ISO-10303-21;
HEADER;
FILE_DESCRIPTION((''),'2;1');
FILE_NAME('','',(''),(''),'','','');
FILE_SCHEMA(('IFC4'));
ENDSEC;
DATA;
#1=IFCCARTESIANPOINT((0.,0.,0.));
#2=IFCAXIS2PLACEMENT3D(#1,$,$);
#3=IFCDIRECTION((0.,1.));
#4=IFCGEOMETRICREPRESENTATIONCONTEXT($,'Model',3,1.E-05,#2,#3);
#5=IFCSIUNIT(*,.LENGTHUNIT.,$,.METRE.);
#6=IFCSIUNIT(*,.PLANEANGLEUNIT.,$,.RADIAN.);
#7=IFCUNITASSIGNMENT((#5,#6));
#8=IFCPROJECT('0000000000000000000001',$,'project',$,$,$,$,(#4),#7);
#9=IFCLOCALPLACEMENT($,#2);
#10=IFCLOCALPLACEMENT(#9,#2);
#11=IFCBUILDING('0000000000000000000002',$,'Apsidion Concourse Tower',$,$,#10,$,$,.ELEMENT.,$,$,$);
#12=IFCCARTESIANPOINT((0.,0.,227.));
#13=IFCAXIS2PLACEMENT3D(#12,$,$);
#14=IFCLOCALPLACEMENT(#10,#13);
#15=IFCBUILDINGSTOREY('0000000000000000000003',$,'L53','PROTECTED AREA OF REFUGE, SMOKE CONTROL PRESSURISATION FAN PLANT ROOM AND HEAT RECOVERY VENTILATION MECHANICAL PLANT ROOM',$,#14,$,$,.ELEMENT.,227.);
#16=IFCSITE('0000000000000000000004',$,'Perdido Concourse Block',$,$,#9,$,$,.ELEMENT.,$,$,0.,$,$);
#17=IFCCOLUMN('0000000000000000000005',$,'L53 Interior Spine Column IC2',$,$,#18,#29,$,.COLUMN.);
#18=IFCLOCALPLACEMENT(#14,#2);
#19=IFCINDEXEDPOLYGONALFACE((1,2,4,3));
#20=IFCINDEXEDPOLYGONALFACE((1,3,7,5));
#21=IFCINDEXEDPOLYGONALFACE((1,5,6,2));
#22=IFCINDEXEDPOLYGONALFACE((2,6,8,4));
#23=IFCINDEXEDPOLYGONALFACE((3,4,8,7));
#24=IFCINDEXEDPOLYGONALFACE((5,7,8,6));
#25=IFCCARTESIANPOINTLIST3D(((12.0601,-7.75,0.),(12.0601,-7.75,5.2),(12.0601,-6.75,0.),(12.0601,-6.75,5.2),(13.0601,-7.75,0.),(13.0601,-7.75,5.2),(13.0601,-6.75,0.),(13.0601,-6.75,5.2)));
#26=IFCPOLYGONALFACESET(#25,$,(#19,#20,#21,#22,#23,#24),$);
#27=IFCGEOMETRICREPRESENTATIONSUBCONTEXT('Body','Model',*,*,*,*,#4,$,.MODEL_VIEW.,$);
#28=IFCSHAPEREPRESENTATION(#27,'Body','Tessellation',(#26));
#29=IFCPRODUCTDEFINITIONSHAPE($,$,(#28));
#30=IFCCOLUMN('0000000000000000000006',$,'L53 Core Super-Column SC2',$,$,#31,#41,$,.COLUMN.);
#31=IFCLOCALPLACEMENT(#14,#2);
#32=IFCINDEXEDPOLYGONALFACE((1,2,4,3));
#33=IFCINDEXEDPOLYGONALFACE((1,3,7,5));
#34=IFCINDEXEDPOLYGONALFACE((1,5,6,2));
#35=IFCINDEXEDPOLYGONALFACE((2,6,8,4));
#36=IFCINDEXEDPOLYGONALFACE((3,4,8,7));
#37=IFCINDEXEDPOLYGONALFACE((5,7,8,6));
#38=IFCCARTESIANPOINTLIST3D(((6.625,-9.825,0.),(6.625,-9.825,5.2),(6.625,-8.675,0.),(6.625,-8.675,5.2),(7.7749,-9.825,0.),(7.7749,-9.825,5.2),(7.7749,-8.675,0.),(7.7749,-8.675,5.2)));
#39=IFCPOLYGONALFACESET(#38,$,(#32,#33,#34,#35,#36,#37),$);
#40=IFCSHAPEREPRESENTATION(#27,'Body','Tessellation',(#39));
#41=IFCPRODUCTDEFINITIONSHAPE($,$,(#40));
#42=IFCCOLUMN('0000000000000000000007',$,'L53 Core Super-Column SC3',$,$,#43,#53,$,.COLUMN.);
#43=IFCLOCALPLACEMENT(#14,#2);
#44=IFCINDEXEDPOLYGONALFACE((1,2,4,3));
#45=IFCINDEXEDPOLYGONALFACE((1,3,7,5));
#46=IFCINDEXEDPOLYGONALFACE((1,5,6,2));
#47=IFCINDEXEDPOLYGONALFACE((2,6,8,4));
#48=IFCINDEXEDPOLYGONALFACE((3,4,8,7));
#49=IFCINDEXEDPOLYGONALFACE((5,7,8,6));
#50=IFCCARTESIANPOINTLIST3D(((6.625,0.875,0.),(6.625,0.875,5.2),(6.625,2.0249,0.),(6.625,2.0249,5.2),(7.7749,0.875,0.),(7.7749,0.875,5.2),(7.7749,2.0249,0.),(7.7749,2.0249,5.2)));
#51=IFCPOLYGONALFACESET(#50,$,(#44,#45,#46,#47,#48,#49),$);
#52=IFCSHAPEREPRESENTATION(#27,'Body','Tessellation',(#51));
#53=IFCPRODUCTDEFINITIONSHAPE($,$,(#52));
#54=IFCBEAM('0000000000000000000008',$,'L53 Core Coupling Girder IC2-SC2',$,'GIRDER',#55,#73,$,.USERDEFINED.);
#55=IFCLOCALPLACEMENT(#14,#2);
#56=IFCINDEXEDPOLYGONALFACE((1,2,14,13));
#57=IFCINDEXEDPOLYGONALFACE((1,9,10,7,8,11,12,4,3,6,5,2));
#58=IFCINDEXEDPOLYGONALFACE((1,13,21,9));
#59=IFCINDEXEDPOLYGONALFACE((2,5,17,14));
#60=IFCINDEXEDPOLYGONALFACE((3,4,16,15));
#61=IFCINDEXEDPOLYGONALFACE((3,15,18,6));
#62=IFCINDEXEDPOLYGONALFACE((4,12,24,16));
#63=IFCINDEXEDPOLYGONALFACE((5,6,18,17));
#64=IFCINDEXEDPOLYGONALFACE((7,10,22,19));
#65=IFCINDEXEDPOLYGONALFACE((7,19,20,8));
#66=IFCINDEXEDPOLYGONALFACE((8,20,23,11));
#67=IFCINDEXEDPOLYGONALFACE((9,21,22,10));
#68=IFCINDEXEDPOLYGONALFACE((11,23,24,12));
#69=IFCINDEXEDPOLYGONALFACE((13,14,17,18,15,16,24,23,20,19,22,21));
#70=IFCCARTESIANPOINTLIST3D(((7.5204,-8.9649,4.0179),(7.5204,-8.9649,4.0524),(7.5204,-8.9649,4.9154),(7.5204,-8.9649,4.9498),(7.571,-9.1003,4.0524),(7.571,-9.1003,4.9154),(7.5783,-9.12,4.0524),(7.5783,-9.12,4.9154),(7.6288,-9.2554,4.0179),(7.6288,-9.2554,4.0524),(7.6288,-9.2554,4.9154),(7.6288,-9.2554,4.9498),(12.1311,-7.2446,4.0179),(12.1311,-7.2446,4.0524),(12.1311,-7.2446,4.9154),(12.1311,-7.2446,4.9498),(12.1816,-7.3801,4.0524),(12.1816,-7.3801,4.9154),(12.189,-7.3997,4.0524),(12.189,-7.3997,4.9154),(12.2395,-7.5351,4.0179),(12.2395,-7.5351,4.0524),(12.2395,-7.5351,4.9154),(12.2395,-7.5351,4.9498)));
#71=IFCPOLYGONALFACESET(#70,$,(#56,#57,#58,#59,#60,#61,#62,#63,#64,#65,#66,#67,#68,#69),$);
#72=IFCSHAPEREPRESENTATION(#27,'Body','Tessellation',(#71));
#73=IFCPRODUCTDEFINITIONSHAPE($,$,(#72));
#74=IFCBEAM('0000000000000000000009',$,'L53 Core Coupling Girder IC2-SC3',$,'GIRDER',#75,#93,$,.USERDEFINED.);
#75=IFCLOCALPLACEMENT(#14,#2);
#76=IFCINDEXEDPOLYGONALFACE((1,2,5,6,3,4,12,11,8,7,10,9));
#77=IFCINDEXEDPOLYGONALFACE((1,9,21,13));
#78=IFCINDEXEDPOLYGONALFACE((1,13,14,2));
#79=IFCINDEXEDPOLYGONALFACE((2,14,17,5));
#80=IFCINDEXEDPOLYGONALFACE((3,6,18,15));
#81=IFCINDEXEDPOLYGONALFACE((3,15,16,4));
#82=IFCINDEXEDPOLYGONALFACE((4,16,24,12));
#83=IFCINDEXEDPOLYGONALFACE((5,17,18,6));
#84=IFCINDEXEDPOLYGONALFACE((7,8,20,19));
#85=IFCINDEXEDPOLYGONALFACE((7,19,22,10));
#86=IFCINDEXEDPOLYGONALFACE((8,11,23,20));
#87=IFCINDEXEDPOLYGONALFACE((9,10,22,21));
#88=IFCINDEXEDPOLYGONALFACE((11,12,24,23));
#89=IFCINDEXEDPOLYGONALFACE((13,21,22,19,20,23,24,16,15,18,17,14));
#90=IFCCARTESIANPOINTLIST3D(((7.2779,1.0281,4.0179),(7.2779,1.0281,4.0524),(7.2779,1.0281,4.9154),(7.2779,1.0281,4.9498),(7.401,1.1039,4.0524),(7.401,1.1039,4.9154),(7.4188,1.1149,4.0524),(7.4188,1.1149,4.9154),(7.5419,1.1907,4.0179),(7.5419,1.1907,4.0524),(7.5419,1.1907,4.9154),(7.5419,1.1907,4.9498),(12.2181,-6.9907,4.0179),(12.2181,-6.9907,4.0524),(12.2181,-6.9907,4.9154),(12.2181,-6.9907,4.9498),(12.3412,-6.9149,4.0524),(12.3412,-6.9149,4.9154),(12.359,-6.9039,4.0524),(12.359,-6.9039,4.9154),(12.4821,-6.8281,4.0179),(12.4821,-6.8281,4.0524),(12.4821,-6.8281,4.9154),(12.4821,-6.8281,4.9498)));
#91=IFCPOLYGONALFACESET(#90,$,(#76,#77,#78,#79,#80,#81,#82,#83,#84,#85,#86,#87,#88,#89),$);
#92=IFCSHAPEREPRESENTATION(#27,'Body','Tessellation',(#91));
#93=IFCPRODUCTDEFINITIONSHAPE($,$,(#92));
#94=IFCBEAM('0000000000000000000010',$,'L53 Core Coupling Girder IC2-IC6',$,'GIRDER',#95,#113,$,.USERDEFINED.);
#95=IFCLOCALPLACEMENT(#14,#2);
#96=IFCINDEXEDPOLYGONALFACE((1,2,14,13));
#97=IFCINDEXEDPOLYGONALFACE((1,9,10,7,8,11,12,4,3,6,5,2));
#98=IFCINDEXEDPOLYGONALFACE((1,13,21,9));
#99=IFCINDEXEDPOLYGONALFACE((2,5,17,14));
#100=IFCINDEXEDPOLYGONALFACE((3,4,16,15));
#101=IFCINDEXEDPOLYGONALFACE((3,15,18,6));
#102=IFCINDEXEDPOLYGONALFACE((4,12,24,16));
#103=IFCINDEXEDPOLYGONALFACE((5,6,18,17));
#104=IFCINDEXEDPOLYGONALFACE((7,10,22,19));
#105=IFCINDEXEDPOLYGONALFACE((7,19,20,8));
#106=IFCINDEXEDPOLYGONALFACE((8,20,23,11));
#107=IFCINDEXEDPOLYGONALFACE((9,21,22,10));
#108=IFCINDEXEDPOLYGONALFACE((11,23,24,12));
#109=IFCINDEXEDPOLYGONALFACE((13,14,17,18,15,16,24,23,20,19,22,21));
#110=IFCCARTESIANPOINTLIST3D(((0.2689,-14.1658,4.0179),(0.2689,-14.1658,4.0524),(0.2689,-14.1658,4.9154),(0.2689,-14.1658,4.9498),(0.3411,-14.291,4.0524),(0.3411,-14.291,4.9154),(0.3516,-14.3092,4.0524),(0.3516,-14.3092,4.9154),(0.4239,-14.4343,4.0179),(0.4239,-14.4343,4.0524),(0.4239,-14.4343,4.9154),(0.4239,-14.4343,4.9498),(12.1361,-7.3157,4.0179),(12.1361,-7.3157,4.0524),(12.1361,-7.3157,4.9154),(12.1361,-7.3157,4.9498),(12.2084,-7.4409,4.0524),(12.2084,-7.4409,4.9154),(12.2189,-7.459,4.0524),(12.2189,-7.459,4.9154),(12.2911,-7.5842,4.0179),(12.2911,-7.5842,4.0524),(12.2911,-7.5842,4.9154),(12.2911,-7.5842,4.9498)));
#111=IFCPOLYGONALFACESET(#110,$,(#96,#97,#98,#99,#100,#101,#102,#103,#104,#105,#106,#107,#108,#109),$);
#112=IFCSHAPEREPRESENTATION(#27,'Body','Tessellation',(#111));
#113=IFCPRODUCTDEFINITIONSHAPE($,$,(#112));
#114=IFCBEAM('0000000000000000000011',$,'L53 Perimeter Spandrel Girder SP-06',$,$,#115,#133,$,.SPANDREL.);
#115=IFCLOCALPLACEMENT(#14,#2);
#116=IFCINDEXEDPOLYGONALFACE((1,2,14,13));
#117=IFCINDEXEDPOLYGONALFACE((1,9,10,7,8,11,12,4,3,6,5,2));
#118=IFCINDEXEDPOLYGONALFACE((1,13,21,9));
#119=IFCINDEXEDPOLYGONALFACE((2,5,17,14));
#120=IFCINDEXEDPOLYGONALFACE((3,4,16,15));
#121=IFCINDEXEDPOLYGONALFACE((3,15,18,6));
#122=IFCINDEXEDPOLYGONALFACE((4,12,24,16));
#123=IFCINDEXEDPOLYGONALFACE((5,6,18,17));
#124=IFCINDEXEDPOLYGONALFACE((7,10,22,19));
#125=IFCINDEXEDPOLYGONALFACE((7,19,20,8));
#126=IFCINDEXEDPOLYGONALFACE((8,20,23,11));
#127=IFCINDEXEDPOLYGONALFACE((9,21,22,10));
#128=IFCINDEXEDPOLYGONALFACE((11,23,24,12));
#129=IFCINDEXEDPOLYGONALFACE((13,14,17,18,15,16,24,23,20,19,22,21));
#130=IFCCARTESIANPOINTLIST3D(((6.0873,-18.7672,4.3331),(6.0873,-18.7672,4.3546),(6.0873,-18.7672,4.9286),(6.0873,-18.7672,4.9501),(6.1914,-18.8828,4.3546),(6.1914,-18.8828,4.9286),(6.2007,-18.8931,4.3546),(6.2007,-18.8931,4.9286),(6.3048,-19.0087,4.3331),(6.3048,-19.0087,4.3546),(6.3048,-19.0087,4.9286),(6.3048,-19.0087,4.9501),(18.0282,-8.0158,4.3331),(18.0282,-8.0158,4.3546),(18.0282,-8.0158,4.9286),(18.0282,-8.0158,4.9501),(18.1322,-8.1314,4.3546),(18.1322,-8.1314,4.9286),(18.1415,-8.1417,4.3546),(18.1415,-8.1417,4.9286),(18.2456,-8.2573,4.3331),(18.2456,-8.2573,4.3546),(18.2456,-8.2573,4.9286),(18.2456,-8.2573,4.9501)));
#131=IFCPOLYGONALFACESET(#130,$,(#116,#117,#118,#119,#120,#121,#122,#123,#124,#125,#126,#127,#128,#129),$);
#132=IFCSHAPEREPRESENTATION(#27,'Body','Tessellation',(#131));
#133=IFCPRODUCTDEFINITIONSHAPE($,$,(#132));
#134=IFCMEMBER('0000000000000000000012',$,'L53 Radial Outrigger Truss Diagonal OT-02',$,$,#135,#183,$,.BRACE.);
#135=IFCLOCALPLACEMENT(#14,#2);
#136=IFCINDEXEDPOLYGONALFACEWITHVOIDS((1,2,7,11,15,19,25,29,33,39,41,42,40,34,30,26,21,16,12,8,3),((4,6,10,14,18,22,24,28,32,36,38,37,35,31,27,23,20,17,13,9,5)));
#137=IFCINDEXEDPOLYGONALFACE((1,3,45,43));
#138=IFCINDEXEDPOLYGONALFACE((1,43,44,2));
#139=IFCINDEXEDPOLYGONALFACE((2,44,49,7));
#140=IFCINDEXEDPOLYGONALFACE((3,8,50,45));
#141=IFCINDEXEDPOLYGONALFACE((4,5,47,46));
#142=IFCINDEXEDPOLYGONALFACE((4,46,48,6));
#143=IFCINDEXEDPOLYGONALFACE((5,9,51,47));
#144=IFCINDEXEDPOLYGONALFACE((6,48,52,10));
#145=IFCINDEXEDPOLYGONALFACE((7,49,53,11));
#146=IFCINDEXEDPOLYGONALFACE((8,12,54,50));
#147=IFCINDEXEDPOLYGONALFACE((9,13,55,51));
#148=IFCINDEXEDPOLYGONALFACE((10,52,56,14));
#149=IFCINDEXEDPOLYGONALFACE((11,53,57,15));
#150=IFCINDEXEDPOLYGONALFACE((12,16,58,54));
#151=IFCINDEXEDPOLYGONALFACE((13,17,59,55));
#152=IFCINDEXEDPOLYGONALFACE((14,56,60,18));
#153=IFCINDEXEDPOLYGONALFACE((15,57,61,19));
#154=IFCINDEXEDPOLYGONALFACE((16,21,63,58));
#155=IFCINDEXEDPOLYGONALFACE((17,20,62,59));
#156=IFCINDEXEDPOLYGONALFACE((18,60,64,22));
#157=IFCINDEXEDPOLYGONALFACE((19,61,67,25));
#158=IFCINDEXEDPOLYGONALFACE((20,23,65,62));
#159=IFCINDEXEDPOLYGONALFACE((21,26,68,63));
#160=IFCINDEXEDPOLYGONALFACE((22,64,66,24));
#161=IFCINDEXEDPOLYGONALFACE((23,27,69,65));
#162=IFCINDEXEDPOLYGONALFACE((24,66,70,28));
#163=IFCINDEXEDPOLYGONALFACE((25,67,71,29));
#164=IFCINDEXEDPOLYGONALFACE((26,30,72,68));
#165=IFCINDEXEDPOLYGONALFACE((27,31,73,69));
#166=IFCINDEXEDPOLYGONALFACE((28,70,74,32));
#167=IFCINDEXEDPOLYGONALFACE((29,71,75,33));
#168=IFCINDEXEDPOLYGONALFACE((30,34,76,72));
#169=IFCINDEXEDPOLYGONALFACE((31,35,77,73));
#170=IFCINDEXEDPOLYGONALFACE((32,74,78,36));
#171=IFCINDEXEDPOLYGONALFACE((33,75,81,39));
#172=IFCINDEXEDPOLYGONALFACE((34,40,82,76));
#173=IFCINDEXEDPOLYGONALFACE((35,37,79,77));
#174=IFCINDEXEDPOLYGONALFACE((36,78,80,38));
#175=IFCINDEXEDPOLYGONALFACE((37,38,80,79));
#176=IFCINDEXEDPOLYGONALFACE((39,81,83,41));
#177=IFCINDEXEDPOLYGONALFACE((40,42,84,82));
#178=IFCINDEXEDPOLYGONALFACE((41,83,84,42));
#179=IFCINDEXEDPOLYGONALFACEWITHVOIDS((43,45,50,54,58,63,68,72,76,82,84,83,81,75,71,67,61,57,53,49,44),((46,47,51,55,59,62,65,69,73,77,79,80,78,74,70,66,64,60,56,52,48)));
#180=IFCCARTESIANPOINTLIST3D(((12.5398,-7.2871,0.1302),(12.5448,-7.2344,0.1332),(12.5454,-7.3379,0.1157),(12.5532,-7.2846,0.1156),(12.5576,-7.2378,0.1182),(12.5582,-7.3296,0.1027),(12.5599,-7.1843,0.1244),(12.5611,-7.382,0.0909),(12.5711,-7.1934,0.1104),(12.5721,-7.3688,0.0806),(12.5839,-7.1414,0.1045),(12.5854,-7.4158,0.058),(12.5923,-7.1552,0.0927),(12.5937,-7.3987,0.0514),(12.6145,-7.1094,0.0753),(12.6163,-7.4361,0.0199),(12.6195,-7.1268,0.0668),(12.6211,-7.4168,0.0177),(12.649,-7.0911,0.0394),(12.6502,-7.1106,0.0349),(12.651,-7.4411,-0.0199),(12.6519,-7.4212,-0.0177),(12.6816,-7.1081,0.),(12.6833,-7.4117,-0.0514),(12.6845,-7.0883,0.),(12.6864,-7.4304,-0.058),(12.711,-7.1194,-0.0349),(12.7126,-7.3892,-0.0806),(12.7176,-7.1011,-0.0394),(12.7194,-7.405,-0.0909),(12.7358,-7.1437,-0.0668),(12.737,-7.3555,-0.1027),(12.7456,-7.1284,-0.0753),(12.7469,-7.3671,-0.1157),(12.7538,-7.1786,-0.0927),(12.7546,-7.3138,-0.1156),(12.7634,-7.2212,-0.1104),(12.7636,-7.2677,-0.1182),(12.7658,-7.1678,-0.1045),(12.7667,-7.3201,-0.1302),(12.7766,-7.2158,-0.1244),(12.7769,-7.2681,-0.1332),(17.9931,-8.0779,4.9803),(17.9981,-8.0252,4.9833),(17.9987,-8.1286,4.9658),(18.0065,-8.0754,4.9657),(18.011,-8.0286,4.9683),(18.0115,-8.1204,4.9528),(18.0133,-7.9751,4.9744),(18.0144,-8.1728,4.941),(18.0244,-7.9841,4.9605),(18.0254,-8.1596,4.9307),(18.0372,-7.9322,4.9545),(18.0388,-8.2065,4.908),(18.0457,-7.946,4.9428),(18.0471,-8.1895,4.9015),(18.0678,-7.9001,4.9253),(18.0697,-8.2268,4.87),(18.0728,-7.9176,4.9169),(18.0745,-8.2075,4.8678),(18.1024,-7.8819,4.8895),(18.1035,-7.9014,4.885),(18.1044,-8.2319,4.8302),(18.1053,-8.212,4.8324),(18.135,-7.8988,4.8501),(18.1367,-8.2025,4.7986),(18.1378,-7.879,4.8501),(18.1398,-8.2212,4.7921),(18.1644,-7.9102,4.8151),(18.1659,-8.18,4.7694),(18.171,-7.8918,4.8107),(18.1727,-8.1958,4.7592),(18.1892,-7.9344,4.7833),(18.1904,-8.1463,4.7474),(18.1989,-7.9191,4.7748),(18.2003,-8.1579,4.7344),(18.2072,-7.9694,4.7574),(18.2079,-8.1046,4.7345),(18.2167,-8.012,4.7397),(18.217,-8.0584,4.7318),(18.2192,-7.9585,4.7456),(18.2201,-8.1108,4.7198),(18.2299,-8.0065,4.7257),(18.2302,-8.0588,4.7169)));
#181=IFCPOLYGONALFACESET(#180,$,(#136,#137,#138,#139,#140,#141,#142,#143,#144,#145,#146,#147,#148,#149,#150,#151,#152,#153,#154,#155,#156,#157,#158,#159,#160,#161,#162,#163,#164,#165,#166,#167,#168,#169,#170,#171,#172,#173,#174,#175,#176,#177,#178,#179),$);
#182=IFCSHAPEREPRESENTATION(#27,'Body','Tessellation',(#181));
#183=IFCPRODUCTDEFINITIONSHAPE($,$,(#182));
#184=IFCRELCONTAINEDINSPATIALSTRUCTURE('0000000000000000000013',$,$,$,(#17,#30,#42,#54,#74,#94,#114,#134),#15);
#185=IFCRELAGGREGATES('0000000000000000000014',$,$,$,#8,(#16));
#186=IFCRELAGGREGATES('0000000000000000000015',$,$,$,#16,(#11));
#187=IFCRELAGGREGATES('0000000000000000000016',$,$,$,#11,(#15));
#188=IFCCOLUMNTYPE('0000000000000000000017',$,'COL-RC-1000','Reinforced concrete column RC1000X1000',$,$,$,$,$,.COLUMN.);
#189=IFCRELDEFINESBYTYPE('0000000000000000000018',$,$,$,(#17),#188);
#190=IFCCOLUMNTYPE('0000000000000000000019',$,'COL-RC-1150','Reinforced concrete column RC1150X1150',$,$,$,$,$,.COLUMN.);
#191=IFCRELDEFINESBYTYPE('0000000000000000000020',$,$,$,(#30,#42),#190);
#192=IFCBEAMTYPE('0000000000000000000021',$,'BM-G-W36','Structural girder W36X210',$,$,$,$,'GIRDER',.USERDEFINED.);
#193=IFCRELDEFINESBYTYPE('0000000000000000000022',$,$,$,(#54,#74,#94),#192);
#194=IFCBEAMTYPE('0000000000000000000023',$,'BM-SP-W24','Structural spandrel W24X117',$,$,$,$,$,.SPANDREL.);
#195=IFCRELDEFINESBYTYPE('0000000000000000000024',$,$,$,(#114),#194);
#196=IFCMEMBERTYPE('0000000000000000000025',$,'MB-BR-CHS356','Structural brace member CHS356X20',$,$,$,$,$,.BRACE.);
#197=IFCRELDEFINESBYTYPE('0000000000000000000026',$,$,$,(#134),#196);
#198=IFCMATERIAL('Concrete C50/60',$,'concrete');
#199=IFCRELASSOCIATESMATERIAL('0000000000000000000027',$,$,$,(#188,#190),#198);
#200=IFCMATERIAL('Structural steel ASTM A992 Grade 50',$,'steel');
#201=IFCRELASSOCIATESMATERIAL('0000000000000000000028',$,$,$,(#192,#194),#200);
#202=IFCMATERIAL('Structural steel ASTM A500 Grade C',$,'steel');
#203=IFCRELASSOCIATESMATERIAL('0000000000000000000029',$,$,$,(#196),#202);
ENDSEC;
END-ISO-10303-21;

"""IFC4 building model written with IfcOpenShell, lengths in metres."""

from ifc_helpers import new_model, si_unit, direction, frame, origin, origin_2d, place, context, subcontext, project, spatial, rectangle, hollow_circle, i_section, extrude, material, material_profile, profile_set, type_object, element, save


model = new_model("IFC4")

# Units and contexts
model_context = context("Model", 3, precision=1e-05, world=origin(), true_north=direction((0.0, 1.0)))
body_context = subcontext(model_context, "Body", "Model", "MODEL_VIEW")
ifc_project = project(units=[si_unit("LENGTHUNIT", "METRE"), si_unit("PLANEANGLEUNIT", "RADIAN")], contexts=[model_context])

# Site, building, storey
site_placement = place(None, origin())
site = spatial("IfcSite", under=ifc_project, at=site_placement, Name="Perdido Concourse Block", CompositionType="ELEMENT", RefElevation=0.0)
building_placement = place(site_placement, origin())
building = spatial("IfcBuilding", under=site, at=building_placement, Name="Apsidion Concourse Tower", CompositionType="ELEMENT")
storey_placement = place(building_placement, frame((0.0, 0.0, 227.0)))
storey = spatial("IfcBuildingStorey", under=building, at=storey_placement, Name="L53", Description="PROTECTED AREA OF REFUGE, SMOKE CONTROL PRESSURISATION FAN PLANT ROOM AND HEAT RECOVERY VENTILATION MECHANICAL PLANT ROOM", CompositionType="ELEMENT", Elevation=227.0)

# Columns
ifc_material_1 = material(Name="Concrete C50/60", Category="concrete")
ifc_material_profile_1 = material_profile(ifc_material_1, rectangle(XDim=1.0, YDim=1.0, at=origin_2d()), Name="RC 1000x1000")
ifc_profile_set_1 = profile_set([ifc_material_profile_1], Name="Concrete C50/60")
column_type_1 = type_object("IfcColumnType", Name="COL-RC-1000", Description="Reinforced concrete column RC1000X1000", PredefinedType="COLUMN", material=ifc_profile_set_1)
column_placement = place(storey_placement, frame((12.5601, -7.25, 0.0), z_axis=(0.0, 0.0, 1.0), x_axis=(1.0, 0.0, 0.0)))
element("IfcColumn", 1, at=column_placement, inside=storey, type_object=column_type_1, Name="L53 Interior Spine Column IC2", PredefinedType="COLUMN", context=body_context, shape_type="SweptSolid", body=[
    extrude(rectangle(XDim=1.0, YDim=1.0, at=origin_2d()), origin(), (0.0, 0.0, 1.0), 5.2),
])
ifc_material_profile_2 = material_profile(ifc_material_1, rectangle(XDim=1.1499, YDim=1.1499, at=origin_2d()), Name="RC 1150x1150")
ifc_profile_set_2 = profile_set([ifc_material_profile_2], Name="Concrete C50/60")
column_type_2 = type_object("IfcColumnType", Name="COL-RC-1150", Description="Reinforced concrete column RC1150X1150", PredefinedType="COLUMN", material=ifc_profile_set_2)
for number, where, z_axis, x_axis, name in (
    (2, (7.2, -9.25, 0.0), (0.0, 0.0, 1.0), (1.0, 0.0, 0.0), "L53 Core Super-Column SC2"),
    (3, (7.2, 1.45, 0.0), (0.0, 0.0, 1.0), (1.0, 0.0, 0.0), "L53 Core Super-Column SC3"),
):
    element("IfcColumn", number, at=place(storey_placement, frame(where, z_axis=z_axis, x_axis=x_axis)), inside=storey, type_object=column_type_2, Name=name, PredefinedType="COLUMN", context=body_context, shape_type="SweptSolid", body=[
        extrude(rectangle(XDim=1.1499, YDim=1.1499, at=origin_2d()), origin(), (0.0, 0.0, 1.0), 5.2),
    ])

# Beams
ifc_material_2 = material(Name="Structural steel ASTM A992 Grade 50", Category="steel")
ifc_material_profile_3 = material_profile(ifc_material_2, i_section(OverallWidth=0.3101, OverallDepth=0.9319, WebThickness=0.021, FlangeThickness=0.0344, at=origin_2d()), Name="W36X210")
ifc_profile_set_3 = profile_set([ifc_material_profile_3], Name="Structural steel ASTM A992 Grade 50")
beam_type_1 = type_object("IfcBeamType", Name="BM-G-W36", Description="Structural girder W36X210", ElementType="GIRDER", PredefinedType="USERDEFINED", material=ifc_profile_set_3)
beam_1_placement = place(storey_placement, frame((12.1853, -7.3899, 4.4839), z_axis=(-0.936913, -0.349563, 0.0), x_axis=(0.349563, -0.936913, 0.0)))
element("IfcBeam", 4, at=beam_1_placement, inside=storey, type_object=beam_type_1, Name="L53 Core Coupling Girder IC2-SC2", ObjectType="GIRDER", PredefinedType="USERDEFINED", context=body_context, shape_type="SweptSolid", body=[
    extrude(i_section(OverallWidth=0.3101, OverallDepth=0.9319, WebThickness=0.021, FlangeThickness=0.0344, at=origin_2d()), origin(), (0.0, 0.0, 1.0), 4.9211),
])
beam_2_placement = place(storey_placement, frame((12.3501, -6.9094, 4.4839), z_axis=(-0.524524, 0.851396, 0.0), x_axis=(-0.851396, -0.524524, 0.0)))
element("IfcBeam", 5, at=beam_2_placement, inside=storey, type_object=beam_type_1, Name="L53 Core Coupling Girder IC2-SC3", ObjectType="GIRDER", PredefinedType="USERDEFINED", context=body_context, shape_type="SweptSolid", body=[
    extrude(i_section(OverallWidth=0.3101, OverallDepth=0.9319, WebThickness=0.021, FlangeThickness=0.0344, at=origin_2d()), origin(), (0.0, 0.0, 1.0), 9.4185),
])
beam_3_placement = place(storey_placement, frame((12.2136, -7.45, 4.4839), z_axis=(-0.86607, -0.499922, 0.0), x_axis=(0.499922, -0.86607, 0.0)))
element("IfcBeam", 6, at=beam_3_placement, inside=storey, type_object=beam_type_1, Name="L53 Core Coupling Girder IC2-IC6", ObjectType="GIRDER", PredefinedType="USERDEFINED", context=body_context, shape_type="SweptSolid", body=[
    extrude(i_section(OverallWidth=0.3101, OverallDepth=0.9319, WebThickness=0.021, FlangeThickness=0.0344, at=origin_2d()), origin(), (0.0, 0.0, 1.0), 13.7024),
])
ifc_material_profile_4 = material_profile(ifc_material_2, i_section(OverallWidth=0.325, OverallDepth=0.6169, WebThickness=0.0139, FlangeThickness=0.0215, at=origin_2d()), Name="W24X117")
ifc_profile_set_4 = profile_set([ifc_material_profile_4], Name="Structural steel ASTM A992 Grade 50")
beam_type_2 = type_object("IfcBeamType", Name="BM-SP-W24", Description="Structural spandrel W24X117", PredefinedType="SPANDREL", material=ifc_profile_set_4)
beam_4_placement = place(storey_placement, frame((6.196, -18.8879, 4.6416), z_axis=(0.743151, 0.669124, 0.0), x_axis=(-0.669124, 0.743151, 0.0)))
element("IfcBeam", 7, at=beam_4_placement, inside=storey, type_object=beam_type_2, Name="L53 Perimeter Spandrel Girder SP-06", PredefinedType="SPANDREL", context=body_context, shape_type="SweptSolid", body=[
    extrude(i_section(OverallWidth=0.325, OverallDepth=0.6169, WebThickness=0.0139, FlangeThickness=0.0215, at=origin_2d()), origin(), (0.0, 0.0, 1.0), 16.0679),
])

# Member
ifc_material_3 = material(Name="Structural steel ASTM A500 Grade C", Category="steel")
ifc_material_profile_5 = material_profile(ifc_material_3, hollow_circle(Radius=0.178, WallThickness=0.02, at=origin_2d()), Name="CHS356X20")
ifc_profile_set_5 = profile_set([ifc_material_profile_5], Name="Structural steel ASTM A500 Grade C")
member_type_1 = type_object("IfcMemberType", Name="MB-BR-CHS356", Description="Structural brace member CHS356X20", PredefinedType="BRACE", material=ifc_profile_set_5)
member_1_placement = place(storey_placement, frame((12.6589, -7.2644, 0.0), z_axis=(0.74288, -0.107722, 0.6607), x_axis=(0.143505, 0.98965, 0.0)))
element("IfcMember", 8, at=member_1_placement, inside=storey, type_object=member_type_1, Name="L53 Radial Outrigger Truss Diagonal OT-02", PredefinedType="BRACE", context=body_context, shape_type="SweptSolid", body=[
    extrude(hollow_circle(Radius=0.178, WallThickness=0.02, at=origin_2d()), origin(), (0.0, 0.0, 1.0), 7.3408),
])

save(model, "model.ifc")
